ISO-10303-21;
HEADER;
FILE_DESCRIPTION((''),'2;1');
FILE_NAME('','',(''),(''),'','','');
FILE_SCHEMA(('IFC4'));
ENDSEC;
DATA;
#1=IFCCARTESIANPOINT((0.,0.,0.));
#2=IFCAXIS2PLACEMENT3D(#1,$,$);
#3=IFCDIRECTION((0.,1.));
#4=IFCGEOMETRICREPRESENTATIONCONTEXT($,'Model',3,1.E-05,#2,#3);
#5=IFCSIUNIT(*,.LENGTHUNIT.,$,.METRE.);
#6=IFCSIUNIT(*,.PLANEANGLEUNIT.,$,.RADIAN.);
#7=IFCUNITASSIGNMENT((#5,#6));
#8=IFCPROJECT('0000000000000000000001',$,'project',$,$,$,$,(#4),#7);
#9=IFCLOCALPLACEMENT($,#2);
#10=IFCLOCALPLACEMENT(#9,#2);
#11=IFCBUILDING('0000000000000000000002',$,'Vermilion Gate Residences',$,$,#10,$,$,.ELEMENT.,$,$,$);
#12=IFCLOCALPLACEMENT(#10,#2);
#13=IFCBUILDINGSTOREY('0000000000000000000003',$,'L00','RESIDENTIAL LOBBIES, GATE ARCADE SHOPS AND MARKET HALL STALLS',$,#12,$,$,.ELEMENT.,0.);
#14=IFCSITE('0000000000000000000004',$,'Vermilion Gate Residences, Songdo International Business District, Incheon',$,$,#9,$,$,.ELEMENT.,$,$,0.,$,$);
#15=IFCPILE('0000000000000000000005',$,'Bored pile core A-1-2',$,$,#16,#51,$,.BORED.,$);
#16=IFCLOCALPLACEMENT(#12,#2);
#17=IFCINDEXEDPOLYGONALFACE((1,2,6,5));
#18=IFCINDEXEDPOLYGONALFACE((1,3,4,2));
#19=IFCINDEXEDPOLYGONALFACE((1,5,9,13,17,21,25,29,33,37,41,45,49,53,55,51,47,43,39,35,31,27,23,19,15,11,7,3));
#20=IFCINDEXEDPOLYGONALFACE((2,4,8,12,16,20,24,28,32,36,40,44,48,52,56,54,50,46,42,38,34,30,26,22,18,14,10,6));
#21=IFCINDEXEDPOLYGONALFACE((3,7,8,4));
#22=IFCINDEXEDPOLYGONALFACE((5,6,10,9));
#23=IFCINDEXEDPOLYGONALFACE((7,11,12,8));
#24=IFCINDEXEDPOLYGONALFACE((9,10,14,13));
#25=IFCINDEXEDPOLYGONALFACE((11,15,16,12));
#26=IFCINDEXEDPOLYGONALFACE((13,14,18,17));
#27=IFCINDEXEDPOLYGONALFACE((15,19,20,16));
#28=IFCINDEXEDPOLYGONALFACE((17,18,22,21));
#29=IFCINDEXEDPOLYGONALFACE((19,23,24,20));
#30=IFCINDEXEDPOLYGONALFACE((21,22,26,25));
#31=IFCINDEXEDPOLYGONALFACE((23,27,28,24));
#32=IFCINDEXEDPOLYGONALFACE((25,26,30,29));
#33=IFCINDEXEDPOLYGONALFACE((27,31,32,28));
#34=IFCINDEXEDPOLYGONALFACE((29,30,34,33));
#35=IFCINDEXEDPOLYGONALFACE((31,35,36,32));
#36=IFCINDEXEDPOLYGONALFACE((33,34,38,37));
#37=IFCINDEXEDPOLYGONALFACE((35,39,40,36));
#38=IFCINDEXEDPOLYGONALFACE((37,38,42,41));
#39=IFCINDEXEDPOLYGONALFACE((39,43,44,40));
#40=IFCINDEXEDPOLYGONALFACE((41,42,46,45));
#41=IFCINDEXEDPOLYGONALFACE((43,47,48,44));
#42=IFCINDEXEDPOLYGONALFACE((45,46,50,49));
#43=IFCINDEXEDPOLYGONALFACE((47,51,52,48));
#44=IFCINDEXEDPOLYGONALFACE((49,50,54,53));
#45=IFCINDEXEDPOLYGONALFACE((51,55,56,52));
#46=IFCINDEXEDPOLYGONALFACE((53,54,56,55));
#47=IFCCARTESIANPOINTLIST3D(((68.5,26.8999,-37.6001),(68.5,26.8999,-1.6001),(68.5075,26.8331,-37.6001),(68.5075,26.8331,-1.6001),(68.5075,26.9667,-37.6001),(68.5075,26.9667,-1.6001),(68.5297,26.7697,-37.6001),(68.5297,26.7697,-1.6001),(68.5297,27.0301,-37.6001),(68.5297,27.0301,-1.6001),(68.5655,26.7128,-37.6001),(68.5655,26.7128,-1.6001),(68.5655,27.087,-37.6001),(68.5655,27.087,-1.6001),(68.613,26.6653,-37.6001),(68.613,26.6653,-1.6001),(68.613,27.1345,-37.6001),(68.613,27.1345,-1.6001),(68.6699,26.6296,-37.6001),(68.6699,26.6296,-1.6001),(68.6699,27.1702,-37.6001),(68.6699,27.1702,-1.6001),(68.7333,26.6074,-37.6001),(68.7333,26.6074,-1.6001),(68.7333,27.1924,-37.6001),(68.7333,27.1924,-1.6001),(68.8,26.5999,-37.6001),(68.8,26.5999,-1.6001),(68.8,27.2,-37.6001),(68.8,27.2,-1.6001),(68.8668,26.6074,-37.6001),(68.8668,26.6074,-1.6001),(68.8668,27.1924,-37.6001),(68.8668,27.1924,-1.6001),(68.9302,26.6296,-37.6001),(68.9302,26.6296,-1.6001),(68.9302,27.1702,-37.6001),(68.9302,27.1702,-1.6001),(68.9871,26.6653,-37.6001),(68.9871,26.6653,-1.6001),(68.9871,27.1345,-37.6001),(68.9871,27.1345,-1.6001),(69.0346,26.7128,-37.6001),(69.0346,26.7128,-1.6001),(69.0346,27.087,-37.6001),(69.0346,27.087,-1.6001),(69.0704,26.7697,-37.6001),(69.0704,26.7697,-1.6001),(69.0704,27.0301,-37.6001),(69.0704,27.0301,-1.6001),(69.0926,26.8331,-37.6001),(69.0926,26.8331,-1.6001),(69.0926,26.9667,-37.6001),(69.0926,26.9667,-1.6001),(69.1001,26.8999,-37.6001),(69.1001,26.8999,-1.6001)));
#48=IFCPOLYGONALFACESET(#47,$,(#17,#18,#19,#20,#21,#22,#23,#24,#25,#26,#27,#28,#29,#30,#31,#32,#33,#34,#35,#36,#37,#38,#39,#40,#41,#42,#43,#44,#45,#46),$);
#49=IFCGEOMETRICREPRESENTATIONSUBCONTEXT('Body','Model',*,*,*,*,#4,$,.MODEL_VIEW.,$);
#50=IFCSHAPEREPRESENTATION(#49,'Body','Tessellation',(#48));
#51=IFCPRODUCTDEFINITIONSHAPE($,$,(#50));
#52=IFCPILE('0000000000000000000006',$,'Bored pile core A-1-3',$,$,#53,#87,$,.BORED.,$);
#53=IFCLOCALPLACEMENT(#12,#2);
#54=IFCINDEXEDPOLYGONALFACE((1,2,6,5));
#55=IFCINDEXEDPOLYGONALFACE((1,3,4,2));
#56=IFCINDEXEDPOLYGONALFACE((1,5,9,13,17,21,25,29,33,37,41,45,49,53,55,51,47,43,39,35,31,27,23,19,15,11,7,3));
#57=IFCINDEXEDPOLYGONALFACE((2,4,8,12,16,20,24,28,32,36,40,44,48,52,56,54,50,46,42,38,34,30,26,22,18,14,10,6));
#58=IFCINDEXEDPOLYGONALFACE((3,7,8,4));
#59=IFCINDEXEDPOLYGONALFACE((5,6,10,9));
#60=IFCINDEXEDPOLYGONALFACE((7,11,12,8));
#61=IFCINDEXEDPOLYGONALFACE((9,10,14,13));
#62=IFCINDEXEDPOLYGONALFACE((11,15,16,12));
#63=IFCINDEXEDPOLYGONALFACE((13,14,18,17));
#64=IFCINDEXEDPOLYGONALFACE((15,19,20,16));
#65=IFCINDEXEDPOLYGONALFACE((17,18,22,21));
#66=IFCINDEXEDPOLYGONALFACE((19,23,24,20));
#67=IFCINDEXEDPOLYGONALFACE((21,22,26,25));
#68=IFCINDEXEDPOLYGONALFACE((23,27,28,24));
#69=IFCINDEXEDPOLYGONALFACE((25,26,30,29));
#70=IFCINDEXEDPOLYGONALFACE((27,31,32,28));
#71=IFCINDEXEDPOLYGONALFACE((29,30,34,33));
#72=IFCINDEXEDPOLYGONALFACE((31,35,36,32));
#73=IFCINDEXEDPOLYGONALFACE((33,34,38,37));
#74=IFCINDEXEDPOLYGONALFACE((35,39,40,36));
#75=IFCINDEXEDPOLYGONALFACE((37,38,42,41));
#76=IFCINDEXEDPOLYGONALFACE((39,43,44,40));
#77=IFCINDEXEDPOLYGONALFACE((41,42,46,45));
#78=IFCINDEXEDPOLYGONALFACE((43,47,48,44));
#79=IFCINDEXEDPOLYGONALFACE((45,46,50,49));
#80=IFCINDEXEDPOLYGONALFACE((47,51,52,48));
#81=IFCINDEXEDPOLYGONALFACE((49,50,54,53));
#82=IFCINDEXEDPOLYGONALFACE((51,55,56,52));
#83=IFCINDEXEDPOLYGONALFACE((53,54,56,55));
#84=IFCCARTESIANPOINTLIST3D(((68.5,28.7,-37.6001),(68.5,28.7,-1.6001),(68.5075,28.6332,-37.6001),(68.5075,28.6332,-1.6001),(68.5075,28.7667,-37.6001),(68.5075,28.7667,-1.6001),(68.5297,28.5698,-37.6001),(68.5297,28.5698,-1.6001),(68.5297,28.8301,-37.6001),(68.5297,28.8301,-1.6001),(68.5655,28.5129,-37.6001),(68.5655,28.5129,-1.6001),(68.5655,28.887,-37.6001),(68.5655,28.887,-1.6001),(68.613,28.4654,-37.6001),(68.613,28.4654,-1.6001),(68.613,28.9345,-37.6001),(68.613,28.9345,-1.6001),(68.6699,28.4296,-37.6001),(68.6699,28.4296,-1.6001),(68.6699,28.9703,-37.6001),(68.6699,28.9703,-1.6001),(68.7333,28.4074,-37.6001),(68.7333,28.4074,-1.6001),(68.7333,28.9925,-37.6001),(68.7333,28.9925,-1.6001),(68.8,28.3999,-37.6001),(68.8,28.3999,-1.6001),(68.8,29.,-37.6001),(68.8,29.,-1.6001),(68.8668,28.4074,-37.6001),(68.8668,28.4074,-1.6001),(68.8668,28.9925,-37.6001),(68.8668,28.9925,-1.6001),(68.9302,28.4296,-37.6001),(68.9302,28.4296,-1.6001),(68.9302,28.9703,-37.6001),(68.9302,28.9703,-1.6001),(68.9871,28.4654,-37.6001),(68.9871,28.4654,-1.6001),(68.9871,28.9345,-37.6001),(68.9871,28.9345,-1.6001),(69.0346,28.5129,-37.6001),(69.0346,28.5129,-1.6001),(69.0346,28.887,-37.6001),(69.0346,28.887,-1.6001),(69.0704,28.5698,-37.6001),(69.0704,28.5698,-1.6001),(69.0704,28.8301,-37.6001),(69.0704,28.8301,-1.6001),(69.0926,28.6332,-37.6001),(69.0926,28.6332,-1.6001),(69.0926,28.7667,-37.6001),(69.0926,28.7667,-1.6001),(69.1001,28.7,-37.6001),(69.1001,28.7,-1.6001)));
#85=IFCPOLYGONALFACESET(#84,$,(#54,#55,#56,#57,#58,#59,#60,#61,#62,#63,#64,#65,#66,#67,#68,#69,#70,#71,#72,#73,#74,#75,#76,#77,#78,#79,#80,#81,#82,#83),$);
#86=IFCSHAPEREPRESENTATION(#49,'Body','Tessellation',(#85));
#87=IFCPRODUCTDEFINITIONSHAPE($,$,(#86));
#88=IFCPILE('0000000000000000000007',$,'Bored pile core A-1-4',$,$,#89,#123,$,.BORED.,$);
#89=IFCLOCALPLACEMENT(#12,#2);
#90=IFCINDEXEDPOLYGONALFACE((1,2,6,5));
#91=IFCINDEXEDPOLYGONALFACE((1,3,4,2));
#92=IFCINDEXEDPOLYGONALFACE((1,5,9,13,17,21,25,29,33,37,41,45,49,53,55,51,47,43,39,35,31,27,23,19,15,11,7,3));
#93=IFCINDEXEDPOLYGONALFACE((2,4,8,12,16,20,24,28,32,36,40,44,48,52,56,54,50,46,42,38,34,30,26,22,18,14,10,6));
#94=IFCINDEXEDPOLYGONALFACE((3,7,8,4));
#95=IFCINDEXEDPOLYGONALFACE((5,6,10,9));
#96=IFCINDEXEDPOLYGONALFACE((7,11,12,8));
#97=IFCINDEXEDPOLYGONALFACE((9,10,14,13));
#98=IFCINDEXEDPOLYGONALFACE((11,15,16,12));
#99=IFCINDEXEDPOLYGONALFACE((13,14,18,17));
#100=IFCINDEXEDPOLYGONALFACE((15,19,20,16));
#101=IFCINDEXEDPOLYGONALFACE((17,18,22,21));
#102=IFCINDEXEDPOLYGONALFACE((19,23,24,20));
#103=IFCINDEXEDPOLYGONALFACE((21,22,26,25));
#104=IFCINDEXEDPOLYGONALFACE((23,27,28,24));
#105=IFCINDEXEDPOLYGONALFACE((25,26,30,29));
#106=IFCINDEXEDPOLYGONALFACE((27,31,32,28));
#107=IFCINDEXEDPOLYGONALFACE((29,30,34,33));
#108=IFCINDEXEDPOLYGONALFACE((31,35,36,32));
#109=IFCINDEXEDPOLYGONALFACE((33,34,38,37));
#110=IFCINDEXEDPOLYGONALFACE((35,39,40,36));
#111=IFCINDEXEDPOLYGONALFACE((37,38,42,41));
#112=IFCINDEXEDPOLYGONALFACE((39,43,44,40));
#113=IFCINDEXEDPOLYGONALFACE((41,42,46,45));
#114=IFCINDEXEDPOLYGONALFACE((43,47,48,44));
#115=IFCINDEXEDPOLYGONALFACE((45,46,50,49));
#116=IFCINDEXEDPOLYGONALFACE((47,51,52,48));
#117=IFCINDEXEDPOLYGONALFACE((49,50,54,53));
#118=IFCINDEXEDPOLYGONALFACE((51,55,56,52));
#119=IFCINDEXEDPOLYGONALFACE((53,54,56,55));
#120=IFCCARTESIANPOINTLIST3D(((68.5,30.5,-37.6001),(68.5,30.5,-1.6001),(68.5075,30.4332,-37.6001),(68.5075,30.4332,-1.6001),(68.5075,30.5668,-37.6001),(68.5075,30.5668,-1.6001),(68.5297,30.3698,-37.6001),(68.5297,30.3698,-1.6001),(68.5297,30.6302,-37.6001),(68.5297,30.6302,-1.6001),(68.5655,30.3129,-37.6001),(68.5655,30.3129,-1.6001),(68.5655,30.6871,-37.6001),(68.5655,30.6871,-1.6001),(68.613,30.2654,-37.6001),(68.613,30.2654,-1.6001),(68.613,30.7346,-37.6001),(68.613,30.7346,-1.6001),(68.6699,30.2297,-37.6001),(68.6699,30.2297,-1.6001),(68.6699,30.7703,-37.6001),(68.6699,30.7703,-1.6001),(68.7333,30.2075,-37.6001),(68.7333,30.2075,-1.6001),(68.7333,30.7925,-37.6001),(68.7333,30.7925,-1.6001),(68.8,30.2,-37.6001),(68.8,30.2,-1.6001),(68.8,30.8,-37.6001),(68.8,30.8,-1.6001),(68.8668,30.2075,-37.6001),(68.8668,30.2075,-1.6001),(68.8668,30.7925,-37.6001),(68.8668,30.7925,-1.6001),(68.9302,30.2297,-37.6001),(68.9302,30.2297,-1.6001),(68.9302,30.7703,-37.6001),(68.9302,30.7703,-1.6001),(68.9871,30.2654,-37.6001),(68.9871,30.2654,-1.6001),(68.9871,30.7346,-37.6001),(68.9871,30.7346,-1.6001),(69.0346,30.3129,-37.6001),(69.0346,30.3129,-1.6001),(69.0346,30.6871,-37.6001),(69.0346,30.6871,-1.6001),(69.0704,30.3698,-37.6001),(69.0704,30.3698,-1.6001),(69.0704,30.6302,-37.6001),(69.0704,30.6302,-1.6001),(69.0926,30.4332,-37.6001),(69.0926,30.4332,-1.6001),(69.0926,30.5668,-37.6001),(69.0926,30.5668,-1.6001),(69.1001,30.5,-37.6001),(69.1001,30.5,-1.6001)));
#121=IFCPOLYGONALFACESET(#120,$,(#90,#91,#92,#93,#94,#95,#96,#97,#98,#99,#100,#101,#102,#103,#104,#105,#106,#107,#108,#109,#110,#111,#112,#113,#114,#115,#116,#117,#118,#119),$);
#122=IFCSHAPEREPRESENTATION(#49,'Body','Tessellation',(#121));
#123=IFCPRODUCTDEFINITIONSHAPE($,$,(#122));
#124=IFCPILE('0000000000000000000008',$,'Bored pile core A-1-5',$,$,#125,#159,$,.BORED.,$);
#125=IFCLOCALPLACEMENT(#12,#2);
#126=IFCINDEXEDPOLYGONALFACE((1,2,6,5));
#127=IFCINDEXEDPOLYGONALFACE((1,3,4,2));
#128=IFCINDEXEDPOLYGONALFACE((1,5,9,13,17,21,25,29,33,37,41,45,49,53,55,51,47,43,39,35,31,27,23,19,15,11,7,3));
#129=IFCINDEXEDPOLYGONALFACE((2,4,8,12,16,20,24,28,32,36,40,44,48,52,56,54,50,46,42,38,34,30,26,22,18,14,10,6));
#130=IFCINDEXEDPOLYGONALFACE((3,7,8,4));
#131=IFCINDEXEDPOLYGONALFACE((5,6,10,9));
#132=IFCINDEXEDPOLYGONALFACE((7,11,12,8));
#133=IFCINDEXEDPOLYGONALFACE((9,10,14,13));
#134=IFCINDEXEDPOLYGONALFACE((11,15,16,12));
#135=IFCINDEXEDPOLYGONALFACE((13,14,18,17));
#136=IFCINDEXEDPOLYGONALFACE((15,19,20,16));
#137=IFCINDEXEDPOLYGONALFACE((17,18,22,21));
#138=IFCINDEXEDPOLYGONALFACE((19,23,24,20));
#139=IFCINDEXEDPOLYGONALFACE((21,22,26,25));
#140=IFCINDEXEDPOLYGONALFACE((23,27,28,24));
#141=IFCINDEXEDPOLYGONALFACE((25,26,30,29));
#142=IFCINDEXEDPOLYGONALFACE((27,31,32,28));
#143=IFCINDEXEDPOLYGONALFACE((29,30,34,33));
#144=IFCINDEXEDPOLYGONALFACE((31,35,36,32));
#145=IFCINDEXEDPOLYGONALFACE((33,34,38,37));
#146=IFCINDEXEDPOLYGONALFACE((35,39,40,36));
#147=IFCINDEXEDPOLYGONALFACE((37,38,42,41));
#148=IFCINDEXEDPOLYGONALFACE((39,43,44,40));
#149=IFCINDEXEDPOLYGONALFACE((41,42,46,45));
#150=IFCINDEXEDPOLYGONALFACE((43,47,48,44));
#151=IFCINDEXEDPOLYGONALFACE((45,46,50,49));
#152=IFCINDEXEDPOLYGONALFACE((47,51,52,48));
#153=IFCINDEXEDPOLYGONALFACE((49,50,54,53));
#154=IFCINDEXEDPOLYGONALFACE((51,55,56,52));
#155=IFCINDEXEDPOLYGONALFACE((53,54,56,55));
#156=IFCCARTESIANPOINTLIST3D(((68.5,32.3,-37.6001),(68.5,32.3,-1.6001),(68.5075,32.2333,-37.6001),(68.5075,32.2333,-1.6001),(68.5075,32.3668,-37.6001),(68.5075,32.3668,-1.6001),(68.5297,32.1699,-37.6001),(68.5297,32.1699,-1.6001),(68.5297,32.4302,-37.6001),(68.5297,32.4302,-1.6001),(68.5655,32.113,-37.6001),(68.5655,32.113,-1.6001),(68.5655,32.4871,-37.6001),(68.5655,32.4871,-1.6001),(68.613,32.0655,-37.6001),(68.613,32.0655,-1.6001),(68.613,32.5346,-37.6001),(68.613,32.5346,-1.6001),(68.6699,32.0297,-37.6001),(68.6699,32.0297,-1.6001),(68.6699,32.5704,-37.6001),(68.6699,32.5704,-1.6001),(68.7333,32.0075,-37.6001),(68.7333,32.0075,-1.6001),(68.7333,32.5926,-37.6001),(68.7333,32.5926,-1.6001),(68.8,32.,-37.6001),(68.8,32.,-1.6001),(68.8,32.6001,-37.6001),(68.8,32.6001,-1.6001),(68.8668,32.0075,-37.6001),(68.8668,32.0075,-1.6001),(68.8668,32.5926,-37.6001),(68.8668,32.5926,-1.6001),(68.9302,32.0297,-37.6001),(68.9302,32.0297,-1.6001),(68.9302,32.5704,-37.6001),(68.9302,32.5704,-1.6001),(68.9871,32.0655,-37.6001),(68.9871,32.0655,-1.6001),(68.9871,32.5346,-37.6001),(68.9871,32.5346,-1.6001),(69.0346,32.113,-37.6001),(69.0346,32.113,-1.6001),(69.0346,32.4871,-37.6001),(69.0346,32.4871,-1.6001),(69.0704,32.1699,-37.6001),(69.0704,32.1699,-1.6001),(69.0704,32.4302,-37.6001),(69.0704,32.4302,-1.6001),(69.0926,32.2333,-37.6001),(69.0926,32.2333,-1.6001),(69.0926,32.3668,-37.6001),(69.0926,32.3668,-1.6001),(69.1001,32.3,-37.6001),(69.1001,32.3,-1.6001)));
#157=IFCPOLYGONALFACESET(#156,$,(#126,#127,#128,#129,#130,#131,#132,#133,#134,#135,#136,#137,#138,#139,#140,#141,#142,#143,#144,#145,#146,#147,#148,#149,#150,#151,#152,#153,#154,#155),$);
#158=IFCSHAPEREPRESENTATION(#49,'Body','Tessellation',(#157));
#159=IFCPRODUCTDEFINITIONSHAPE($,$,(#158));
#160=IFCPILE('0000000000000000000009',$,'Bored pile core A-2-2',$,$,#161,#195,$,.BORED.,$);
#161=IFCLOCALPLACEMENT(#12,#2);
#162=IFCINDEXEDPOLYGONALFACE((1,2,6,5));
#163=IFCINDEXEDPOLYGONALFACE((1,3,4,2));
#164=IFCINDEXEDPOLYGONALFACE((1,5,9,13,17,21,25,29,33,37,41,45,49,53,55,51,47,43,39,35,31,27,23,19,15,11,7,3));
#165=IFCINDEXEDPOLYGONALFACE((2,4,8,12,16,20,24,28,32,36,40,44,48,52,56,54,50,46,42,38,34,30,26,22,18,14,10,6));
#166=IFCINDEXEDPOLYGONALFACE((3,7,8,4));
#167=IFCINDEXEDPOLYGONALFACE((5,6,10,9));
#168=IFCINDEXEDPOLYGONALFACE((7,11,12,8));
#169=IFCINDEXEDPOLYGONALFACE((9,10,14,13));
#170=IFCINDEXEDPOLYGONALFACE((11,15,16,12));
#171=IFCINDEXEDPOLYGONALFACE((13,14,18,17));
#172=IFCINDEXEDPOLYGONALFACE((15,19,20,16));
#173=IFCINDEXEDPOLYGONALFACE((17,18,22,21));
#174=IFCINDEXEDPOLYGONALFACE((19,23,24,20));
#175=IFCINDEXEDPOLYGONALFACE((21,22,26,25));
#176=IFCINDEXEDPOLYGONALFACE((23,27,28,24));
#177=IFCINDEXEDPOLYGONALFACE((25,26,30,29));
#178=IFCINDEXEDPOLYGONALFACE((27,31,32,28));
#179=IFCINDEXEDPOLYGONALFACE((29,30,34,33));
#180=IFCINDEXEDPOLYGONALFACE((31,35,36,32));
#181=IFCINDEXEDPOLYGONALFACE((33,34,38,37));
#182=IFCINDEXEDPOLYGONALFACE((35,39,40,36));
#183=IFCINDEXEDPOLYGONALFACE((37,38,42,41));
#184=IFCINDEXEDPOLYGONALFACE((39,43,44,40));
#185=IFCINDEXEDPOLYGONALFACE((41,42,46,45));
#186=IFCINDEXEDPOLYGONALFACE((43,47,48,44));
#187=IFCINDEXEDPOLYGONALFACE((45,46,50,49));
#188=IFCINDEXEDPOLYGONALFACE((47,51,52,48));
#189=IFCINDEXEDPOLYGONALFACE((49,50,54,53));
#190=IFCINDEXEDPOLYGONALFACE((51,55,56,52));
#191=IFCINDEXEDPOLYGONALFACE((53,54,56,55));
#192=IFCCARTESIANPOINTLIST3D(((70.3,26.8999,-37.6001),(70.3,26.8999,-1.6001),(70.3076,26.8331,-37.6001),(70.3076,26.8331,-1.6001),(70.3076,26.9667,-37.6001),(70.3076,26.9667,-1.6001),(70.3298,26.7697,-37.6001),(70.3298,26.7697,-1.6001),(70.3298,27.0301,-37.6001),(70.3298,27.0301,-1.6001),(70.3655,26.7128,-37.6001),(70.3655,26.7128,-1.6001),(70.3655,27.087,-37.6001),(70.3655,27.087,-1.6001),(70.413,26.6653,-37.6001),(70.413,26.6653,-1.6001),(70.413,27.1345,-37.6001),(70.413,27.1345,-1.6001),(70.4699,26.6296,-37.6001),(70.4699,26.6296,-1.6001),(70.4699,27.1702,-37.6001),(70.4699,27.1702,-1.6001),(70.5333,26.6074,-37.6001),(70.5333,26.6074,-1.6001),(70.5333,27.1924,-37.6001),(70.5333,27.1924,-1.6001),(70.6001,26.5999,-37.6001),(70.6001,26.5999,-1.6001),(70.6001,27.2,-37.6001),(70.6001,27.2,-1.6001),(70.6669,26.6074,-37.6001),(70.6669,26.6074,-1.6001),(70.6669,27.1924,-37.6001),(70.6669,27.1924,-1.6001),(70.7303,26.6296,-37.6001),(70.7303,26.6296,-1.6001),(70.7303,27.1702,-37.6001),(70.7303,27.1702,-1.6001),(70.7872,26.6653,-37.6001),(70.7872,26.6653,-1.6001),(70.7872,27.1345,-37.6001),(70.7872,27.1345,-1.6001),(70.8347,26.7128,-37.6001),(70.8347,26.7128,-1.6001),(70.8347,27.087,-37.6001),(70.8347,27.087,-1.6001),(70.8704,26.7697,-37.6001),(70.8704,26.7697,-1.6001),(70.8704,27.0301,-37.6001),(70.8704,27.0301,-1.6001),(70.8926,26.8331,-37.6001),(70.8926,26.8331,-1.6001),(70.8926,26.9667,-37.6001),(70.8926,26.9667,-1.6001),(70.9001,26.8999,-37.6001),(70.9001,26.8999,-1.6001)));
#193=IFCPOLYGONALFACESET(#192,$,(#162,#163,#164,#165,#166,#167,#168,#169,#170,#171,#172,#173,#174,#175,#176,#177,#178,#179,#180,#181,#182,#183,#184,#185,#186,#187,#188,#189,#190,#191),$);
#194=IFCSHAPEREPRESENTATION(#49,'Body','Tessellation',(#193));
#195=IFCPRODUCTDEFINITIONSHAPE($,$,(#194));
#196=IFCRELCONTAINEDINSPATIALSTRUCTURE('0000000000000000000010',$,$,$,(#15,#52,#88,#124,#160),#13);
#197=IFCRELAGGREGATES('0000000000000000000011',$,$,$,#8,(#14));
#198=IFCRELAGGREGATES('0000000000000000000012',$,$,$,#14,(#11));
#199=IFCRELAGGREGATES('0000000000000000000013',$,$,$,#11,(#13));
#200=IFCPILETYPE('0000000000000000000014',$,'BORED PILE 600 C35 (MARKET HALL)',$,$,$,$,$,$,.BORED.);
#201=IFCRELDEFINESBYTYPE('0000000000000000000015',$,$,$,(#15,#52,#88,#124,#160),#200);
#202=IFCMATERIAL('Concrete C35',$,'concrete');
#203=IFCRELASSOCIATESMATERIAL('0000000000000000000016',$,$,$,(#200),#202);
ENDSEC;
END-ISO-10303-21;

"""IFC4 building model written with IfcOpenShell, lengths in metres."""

from ifc_helpers import new_model, si_unit, direction, frame, origin, origin_2d, place, context, subcontext, project, spatial, circle, extrude, material, material_profile, profile_set, type_object, element, save


model = new_model("IFC4")

# Units and contexts
model_context = context("Model", 3, precision=1e-05, world=origin(), true_north=direction((0.0, 1.0)))
body_context = subcontext(model_context, "Body", "Model", "MODEL_VIEW")
ifc_project = project(units=[si_unit("LENGTHUNIT", "METRE"), si_unit("PLANEANGLEUNIT", "RADIAN")], contexts=[model_context])

# Site, building, storey
site_placement = place(None, origin())
site = spatial("IfcSite", under=ifc_project, at=site_placement, Name="Vermilion Gate Residences, Songdo International Business District, Incheon", CompositionType="ELEMENT", RefElevation=0.0)
building_placement = place(site_placement, origin())
building = spatial("IfcBuilding", under=site, at=building_placement, Name="Vermilion Gate Residences", CompositionType="ELEMENT")
storey_placement = place(building_placement, origin())
storey = spatial("IfcBuildingStorey", under=building, at=storey_placement, Name="L00", Description="RESIDENTIAL LOBBIES, GATE ARCADE SHOPS AND MARKET HALL STALLS", CompositionType="ELEMENT", Elevation=0.0)

# Piles
ifc_material_1 = material(Name="Concrete C35", Category="concrete")
ifc_material_profile_1 = material_profile(ifc_material_1, circle(Radius=0.3, at=origin_2d()), Name="BORED PILE 600 C35 (MARKET HALL)")
ifc_profile_set_1 = profile_set([ifc_material_profile_1], Name="Concrete C35")
pile_type = type_object("IfcPileType", Name="BORED PILE 600 C35 (MARKET HALL)", PredefinedType="BORED", material=ifc_profile_set_1)
for number, where, z_axis, x_axis, name in (
    (1, (68.8, 26.8999, -1.6001), (0.0, 0.0, -1.0), (1.0, 0.0, 0.0), "Bored pile core A-1-2"),
    (2, (68.8, 28.7, -1.6001), (0.0, 0.0, -1.0), (1.0, 0.0, 0.0), "Bored pile core A-1-3"),
    (3, (68.8, 30.5, -1.6001), (0.0, 0.0, -1.0), (1.0, 0.0, 0.0), "Bored pile core A-1-4"),
    (4, (68.8, 32.3, -1.6001), (0.0, 0.0, -1.0), (1.0, 0.0, 0.0), "Bored pile core A-1-5"),
    (5, (70.6001, 26.8999, -1.6001), (0.0, 0.0, -1.0), (1.0, 0.0, 0.0), "Bored pile core A-2-2"),
):
    element("IfcPile", number, at=place(storey_placement, frame(where, z_axis=z_axis, x_axis=x_axis)), inside=storey, type_object=pile_type, Name=name, PredefinedType="BORED", context=body_context, shape_type="SweptSolid", body=[
        extrude(circle(Radius=0.3, at=origin_2d()), origin(), (0.0, 0.0, 1.0), 36.0),
    ])

save(model, "model.ifc")
